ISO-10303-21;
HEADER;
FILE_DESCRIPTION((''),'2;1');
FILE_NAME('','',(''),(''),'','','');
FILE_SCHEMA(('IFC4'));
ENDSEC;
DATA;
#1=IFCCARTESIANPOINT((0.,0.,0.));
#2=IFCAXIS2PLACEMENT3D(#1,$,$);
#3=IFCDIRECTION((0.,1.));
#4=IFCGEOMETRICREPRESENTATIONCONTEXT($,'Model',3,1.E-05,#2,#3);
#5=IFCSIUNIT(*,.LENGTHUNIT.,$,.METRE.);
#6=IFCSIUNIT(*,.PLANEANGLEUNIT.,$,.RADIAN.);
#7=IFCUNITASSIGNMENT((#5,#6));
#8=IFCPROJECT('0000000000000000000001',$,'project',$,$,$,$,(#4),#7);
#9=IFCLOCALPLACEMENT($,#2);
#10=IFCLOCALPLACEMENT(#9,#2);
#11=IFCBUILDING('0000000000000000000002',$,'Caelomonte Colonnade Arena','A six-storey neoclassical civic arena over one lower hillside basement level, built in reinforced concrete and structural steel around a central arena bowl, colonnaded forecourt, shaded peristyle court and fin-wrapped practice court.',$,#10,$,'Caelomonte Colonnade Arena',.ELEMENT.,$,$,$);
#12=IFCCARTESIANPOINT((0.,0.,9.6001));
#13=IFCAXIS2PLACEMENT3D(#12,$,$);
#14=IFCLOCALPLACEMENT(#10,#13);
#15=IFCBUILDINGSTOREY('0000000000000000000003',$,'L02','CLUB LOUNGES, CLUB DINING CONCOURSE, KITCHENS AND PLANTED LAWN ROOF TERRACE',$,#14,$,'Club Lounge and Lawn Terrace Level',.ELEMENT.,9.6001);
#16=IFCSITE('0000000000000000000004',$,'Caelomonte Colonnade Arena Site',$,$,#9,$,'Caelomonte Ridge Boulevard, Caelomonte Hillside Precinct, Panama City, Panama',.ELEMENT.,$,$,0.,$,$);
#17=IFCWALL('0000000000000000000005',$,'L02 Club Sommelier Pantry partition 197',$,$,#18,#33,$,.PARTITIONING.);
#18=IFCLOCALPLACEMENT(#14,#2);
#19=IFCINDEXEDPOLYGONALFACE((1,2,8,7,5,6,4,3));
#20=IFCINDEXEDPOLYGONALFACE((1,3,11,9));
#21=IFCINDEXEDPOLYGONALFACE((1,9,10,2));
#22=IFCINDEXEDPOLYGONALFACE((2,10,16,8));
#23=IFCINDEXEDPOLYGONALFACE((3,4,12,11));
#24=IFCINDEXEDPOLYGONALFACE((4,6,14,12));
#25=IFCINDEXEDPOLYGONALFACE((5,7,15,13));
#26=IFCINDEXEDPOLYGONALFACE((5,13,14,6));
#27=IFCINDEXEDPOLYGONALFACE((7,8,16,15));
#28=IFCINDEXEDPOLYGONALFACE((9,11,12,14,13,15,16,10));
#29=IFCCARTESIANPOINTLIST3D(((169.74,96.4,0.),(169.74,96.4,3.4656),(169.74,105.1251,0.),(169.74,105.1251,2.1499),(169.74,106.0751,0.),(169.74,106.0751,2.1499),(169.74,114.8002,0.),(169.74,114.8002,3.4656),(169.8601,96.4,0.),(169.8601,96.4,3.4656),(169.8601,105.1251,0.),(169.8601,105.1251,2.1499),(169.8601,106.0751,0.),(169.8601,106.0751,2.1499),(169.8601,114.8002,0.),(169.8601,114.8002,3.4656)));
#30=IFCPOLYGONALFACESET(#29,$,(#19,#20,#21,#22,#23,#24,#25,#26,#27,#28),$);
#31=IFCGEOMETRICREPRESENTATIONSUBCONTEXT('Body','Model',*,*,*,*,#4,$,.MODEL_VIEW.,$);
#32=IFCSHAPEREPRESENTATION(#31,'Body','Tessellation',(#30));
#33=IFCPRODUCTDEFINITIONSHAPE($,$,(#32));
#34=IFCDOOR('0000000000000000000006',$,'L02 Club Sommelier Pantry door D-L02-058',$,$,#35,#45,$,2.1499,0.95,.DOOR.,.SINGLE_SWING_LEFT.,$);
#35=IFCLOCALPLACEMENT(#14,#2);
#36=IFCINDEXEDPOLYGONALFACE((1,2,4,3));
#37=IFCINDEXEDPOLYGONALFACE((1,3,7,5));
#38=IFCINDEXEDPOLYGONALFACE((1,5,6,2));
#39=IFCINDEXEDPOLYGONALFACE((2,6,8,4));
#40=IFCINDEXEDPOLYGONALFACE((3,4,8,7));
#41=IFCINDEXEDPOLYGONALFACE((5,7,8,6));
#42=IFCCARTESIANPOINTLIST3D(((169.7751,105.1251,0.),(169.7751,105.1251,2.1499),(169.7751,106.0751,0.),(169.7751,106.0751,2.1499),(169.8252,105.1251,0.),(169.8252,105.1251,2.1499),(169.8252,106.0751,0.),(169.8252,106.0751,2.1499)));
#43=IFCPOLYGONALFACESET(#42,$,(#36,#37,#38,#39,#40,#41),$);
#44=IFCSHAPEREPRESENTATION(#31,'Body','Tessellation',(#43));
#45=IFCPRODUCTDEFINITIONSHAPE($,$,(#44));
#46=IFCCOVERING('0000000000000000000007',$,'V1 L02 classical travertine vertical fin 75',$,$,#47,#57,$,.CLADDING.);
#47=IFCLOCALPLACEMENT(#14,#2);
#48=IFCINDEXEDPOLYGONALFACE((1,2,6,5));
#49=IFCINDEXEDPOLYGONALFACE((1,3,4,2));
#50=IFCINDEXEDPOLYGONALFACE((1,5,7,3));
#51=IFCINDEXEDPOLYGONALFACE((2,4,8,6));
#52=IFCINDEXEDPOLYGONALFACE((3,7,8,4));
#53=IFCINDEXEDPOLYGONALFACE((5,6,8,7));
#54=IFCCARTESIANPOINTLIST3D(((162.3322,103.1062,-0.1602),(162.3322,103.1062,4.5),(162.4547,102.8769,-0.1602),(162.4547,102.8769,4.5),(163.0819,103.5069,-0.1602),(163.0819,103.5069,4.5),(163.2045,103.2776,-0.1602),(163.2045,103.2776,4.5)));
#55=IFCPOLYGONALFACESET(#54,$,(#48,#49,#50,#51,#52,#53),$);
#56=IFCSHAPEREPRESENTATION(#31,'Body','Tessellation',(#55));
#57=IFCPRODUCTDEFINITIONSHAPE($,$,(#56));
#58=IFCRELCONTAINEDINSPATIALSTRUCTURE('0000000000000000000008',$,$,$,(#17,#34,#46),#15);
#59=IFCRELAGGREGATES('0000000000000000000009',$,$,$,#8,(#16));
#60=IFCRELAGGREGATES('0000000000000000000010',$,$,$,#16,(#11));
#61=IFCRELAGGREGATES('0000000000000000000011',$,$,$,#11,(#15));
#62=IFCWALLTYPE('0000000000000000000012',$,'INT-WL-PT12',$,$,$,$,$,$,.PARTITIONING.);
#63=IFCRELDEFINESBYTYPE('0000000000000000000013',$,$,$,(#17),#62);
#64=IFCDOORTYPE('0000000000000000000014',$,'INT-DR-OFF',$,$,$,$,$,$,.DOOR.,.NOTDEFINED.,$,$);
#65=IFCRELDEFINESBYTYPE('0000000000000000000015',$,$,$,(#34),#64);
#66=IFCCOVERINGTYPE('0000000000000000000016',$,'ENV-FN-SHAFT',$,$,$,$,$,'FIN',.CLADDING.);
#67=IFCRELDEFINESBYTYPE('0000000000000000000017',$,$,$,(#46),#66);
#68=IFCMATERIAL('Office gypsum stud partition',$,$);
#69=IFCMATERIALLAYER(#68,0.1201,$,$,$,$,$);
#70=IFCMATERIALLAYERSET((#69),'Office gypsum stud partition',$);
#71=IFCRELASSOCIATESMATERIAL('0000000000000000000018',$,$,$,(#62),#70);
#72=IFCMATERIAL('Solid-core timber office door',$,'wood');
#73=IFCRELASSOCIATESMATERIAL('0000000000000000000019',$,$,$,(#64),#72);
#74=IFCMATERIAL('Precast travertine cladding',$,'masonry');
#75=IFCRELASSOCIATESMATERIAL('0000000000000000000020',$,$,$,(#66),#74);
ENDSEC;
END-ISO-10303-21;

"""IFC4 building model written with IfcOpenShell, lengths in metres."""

from ifc_helpers import new_model, si_unit, direction, frame, frame_2d, origin, origin_2d, place, context, subcontext, project, spatial, rectangle, extrude, material, layer, layer_set, material_profile, profile_set, type_object, element, fill, save


model = new_model("IFC4")

# Units and contexts
model_context = context("Model", 3, precision=1e-05, world=origin(), true_north=direction((0.0, 1.0)))
body_context = subcontext(model_context, "Body", "Model", "MODEL_VIEW")
ifc_project = project(units=[si_unit("LENGTHUNIT", "METRE"), si_unit("PLANEANGLEUNIT", "RADIAN")], contexts=[model_context])

# Site, building, storey
site_placement = place(None, origin())
site = spatial("IfcSite", under=ifc_project, at=site_placement, Name="Caelomonte Colonnade Arena Site", LongName="Caelomonte Ridge Boulevard, Caelomonte Hillside Precinct, Panama City, Panama", CompositionType="ELEMENT", RefElevation=0.0)
building_placement = place(site_placement, origin())
building = spatial("IfcBuilding", under=site, at=building_placement, Name="Caelomonte Colonnade Arena", Description="A six-storey neoclassical civic arena over one lower hillside basement level, built in reinforced concrete and structural steel around a central arena bowl, colonnaded forecourt, shaded peristyle court and fin-wrapped practice court.", LongName="Caelomonte Colonnade Arena", CompositionType="ELEMENT")
storey_placement = place(building_placement, frame((0.0, 0.0, 9.6001)))
storey = spatial("IfcBuildingStorey", under=building, at=storey_placement, Name="L02", Description="CLUB LOUNGES, CLUB DINING CONCOURSE, KITCHENS AND PLANTED LAWN ROOF TERRACE", LongName="Club Lounge and Lawn Terrace Level", CompositionType="ELEMENT", Elevation=9.6001)

# Shared definitions
ifc_material_1 = material(Name="Office gypsum stud partition")
ifc_layer_1 = layer(ifc_material_1, 0.1201)
ifc_layer_set_1 = layer_set([ifc_layer_1], Name="Office gypsum stud partition")
wall_type_1 = type_object("IfcWallType", Name="INT-WL-PT12", PredefinedType="PARTITIONING", material=ifc_layer_set_1)

# Wall, opening, door
wall_1_placement = place(storey_placement, frame((169.8, 96.3999, 0.0), z_axis=(0.0, 0.0, 1.0), x_axis=(0.0, 1.0, 0.0)))
wall_1 = element("IfcWall", 1, at=wall_1_placement, inside=storey, type_object=wall_type_1, Name="L02 Club Sommelier Pantry partition 197", PredefinedType="PARTITIONING", context=body_context, shape_type="SweptSolid", body=[
    extrude(rectangle(XDim=18.4001, YDim=0.1201, at=frame_2d((9.2002, 0.0))), origin(), (0.0, 0.0, 1.0), 3.4656),
])
opening_placement = place(wall_1_placement, frame((8.7251, 0.0, 0.0), z_axis=(0.0, 0.0, 1.0), x_axis=(1.0, 0.0, 0.0)))
opening = element("IfcOpeningElement", 2, at=opening_placement, cuts=wall_1, PredefinedType="OPENING", context=body_context, shape_type="SweptSolid", body=[
    extrude(rectangle(XDim=0.95, YDim=2.1499, at=frame_2d((0.4751, 1.075))), frame((0.0, 0.0701, 0.0), z_axis=(0.0, -1.0, 0.0), x_axis=(1.0, 0.0, 0.0)), (0.0, 0.0, 1.0), 0.1401),
])
ifc_material_2 = material(Name="Solid-core timber office door", Category="wood")
door_type = type_object("IfcDoorType", Name="INT-DR-OFF", OperationType="NOTDEFINED", PredefinedType="DOOR", material=ifc_material_2)
door_placement = place(opening_placement, origin())
door = element("IfcDoor", 3, at=door_placement, inside=storey, type_object=door_type, Name="L02 Club Sommelier Pantry door D-L02-058", OperationType="SINGLE_SWING_LEFT", OverallHeight=2.1499, OverallWidth=0.95, PredefinedType="DOOR", context=body_context, shape_type="SweptSolid", body=[
    extrude(rectangle(XDim=0.95, YDim=2.1499, at=frame_2d((0.4751, 1.075))), frame((0.0, 0.0249, 0.0), z_axis=(0.0, -1.0, 0.0), x_axis=(1.0, 0.0, 0.0)), (0.0, 0.0, 1.0), 0.05),
])
fill(opening, door)

# Covering
ifc_material_3 = material(Name="Precast travertine cladding", Category="masonry")
ifc_material_profile_1 = material_profile(ifc_material_3, rectangle(XDim=0.26, YDim=0.8501, at=origin_2d()), Name="FIN260X850")
ifc_profile_set_1 = profile_set([ifc_material_profile_1], Name="Precast travertine cladding")
covering_type = type_object("IfcCoveringType", Name="ENV-FN-SHAFT", ElementType="FIN", PredefinedType="CLADDING", material=ifc_profile_set_1)
covering_placement = place(storey_placement, frame((162.7683, 103.1919, -0.1602), z_axis=(0.0, 0.0, 1.0), x_axis=(0.471397, -0.881921, 0.0)))
element("IfcCovering", 4, at=covering_placement, inside=storey, type_object=covering_type, Name="V1 L02 classical travertine vertical fin 75", PredefinedType="CLADDING", context=body_context, shape_type="SweptSolid", body=[
    extrude(rectangle(XDim=0.26, YDim=0.8501, at=origin_2d()), origin(), (0.0, 0.0, 1.0), 4.6602),
])

save(model, "model.ifc")
